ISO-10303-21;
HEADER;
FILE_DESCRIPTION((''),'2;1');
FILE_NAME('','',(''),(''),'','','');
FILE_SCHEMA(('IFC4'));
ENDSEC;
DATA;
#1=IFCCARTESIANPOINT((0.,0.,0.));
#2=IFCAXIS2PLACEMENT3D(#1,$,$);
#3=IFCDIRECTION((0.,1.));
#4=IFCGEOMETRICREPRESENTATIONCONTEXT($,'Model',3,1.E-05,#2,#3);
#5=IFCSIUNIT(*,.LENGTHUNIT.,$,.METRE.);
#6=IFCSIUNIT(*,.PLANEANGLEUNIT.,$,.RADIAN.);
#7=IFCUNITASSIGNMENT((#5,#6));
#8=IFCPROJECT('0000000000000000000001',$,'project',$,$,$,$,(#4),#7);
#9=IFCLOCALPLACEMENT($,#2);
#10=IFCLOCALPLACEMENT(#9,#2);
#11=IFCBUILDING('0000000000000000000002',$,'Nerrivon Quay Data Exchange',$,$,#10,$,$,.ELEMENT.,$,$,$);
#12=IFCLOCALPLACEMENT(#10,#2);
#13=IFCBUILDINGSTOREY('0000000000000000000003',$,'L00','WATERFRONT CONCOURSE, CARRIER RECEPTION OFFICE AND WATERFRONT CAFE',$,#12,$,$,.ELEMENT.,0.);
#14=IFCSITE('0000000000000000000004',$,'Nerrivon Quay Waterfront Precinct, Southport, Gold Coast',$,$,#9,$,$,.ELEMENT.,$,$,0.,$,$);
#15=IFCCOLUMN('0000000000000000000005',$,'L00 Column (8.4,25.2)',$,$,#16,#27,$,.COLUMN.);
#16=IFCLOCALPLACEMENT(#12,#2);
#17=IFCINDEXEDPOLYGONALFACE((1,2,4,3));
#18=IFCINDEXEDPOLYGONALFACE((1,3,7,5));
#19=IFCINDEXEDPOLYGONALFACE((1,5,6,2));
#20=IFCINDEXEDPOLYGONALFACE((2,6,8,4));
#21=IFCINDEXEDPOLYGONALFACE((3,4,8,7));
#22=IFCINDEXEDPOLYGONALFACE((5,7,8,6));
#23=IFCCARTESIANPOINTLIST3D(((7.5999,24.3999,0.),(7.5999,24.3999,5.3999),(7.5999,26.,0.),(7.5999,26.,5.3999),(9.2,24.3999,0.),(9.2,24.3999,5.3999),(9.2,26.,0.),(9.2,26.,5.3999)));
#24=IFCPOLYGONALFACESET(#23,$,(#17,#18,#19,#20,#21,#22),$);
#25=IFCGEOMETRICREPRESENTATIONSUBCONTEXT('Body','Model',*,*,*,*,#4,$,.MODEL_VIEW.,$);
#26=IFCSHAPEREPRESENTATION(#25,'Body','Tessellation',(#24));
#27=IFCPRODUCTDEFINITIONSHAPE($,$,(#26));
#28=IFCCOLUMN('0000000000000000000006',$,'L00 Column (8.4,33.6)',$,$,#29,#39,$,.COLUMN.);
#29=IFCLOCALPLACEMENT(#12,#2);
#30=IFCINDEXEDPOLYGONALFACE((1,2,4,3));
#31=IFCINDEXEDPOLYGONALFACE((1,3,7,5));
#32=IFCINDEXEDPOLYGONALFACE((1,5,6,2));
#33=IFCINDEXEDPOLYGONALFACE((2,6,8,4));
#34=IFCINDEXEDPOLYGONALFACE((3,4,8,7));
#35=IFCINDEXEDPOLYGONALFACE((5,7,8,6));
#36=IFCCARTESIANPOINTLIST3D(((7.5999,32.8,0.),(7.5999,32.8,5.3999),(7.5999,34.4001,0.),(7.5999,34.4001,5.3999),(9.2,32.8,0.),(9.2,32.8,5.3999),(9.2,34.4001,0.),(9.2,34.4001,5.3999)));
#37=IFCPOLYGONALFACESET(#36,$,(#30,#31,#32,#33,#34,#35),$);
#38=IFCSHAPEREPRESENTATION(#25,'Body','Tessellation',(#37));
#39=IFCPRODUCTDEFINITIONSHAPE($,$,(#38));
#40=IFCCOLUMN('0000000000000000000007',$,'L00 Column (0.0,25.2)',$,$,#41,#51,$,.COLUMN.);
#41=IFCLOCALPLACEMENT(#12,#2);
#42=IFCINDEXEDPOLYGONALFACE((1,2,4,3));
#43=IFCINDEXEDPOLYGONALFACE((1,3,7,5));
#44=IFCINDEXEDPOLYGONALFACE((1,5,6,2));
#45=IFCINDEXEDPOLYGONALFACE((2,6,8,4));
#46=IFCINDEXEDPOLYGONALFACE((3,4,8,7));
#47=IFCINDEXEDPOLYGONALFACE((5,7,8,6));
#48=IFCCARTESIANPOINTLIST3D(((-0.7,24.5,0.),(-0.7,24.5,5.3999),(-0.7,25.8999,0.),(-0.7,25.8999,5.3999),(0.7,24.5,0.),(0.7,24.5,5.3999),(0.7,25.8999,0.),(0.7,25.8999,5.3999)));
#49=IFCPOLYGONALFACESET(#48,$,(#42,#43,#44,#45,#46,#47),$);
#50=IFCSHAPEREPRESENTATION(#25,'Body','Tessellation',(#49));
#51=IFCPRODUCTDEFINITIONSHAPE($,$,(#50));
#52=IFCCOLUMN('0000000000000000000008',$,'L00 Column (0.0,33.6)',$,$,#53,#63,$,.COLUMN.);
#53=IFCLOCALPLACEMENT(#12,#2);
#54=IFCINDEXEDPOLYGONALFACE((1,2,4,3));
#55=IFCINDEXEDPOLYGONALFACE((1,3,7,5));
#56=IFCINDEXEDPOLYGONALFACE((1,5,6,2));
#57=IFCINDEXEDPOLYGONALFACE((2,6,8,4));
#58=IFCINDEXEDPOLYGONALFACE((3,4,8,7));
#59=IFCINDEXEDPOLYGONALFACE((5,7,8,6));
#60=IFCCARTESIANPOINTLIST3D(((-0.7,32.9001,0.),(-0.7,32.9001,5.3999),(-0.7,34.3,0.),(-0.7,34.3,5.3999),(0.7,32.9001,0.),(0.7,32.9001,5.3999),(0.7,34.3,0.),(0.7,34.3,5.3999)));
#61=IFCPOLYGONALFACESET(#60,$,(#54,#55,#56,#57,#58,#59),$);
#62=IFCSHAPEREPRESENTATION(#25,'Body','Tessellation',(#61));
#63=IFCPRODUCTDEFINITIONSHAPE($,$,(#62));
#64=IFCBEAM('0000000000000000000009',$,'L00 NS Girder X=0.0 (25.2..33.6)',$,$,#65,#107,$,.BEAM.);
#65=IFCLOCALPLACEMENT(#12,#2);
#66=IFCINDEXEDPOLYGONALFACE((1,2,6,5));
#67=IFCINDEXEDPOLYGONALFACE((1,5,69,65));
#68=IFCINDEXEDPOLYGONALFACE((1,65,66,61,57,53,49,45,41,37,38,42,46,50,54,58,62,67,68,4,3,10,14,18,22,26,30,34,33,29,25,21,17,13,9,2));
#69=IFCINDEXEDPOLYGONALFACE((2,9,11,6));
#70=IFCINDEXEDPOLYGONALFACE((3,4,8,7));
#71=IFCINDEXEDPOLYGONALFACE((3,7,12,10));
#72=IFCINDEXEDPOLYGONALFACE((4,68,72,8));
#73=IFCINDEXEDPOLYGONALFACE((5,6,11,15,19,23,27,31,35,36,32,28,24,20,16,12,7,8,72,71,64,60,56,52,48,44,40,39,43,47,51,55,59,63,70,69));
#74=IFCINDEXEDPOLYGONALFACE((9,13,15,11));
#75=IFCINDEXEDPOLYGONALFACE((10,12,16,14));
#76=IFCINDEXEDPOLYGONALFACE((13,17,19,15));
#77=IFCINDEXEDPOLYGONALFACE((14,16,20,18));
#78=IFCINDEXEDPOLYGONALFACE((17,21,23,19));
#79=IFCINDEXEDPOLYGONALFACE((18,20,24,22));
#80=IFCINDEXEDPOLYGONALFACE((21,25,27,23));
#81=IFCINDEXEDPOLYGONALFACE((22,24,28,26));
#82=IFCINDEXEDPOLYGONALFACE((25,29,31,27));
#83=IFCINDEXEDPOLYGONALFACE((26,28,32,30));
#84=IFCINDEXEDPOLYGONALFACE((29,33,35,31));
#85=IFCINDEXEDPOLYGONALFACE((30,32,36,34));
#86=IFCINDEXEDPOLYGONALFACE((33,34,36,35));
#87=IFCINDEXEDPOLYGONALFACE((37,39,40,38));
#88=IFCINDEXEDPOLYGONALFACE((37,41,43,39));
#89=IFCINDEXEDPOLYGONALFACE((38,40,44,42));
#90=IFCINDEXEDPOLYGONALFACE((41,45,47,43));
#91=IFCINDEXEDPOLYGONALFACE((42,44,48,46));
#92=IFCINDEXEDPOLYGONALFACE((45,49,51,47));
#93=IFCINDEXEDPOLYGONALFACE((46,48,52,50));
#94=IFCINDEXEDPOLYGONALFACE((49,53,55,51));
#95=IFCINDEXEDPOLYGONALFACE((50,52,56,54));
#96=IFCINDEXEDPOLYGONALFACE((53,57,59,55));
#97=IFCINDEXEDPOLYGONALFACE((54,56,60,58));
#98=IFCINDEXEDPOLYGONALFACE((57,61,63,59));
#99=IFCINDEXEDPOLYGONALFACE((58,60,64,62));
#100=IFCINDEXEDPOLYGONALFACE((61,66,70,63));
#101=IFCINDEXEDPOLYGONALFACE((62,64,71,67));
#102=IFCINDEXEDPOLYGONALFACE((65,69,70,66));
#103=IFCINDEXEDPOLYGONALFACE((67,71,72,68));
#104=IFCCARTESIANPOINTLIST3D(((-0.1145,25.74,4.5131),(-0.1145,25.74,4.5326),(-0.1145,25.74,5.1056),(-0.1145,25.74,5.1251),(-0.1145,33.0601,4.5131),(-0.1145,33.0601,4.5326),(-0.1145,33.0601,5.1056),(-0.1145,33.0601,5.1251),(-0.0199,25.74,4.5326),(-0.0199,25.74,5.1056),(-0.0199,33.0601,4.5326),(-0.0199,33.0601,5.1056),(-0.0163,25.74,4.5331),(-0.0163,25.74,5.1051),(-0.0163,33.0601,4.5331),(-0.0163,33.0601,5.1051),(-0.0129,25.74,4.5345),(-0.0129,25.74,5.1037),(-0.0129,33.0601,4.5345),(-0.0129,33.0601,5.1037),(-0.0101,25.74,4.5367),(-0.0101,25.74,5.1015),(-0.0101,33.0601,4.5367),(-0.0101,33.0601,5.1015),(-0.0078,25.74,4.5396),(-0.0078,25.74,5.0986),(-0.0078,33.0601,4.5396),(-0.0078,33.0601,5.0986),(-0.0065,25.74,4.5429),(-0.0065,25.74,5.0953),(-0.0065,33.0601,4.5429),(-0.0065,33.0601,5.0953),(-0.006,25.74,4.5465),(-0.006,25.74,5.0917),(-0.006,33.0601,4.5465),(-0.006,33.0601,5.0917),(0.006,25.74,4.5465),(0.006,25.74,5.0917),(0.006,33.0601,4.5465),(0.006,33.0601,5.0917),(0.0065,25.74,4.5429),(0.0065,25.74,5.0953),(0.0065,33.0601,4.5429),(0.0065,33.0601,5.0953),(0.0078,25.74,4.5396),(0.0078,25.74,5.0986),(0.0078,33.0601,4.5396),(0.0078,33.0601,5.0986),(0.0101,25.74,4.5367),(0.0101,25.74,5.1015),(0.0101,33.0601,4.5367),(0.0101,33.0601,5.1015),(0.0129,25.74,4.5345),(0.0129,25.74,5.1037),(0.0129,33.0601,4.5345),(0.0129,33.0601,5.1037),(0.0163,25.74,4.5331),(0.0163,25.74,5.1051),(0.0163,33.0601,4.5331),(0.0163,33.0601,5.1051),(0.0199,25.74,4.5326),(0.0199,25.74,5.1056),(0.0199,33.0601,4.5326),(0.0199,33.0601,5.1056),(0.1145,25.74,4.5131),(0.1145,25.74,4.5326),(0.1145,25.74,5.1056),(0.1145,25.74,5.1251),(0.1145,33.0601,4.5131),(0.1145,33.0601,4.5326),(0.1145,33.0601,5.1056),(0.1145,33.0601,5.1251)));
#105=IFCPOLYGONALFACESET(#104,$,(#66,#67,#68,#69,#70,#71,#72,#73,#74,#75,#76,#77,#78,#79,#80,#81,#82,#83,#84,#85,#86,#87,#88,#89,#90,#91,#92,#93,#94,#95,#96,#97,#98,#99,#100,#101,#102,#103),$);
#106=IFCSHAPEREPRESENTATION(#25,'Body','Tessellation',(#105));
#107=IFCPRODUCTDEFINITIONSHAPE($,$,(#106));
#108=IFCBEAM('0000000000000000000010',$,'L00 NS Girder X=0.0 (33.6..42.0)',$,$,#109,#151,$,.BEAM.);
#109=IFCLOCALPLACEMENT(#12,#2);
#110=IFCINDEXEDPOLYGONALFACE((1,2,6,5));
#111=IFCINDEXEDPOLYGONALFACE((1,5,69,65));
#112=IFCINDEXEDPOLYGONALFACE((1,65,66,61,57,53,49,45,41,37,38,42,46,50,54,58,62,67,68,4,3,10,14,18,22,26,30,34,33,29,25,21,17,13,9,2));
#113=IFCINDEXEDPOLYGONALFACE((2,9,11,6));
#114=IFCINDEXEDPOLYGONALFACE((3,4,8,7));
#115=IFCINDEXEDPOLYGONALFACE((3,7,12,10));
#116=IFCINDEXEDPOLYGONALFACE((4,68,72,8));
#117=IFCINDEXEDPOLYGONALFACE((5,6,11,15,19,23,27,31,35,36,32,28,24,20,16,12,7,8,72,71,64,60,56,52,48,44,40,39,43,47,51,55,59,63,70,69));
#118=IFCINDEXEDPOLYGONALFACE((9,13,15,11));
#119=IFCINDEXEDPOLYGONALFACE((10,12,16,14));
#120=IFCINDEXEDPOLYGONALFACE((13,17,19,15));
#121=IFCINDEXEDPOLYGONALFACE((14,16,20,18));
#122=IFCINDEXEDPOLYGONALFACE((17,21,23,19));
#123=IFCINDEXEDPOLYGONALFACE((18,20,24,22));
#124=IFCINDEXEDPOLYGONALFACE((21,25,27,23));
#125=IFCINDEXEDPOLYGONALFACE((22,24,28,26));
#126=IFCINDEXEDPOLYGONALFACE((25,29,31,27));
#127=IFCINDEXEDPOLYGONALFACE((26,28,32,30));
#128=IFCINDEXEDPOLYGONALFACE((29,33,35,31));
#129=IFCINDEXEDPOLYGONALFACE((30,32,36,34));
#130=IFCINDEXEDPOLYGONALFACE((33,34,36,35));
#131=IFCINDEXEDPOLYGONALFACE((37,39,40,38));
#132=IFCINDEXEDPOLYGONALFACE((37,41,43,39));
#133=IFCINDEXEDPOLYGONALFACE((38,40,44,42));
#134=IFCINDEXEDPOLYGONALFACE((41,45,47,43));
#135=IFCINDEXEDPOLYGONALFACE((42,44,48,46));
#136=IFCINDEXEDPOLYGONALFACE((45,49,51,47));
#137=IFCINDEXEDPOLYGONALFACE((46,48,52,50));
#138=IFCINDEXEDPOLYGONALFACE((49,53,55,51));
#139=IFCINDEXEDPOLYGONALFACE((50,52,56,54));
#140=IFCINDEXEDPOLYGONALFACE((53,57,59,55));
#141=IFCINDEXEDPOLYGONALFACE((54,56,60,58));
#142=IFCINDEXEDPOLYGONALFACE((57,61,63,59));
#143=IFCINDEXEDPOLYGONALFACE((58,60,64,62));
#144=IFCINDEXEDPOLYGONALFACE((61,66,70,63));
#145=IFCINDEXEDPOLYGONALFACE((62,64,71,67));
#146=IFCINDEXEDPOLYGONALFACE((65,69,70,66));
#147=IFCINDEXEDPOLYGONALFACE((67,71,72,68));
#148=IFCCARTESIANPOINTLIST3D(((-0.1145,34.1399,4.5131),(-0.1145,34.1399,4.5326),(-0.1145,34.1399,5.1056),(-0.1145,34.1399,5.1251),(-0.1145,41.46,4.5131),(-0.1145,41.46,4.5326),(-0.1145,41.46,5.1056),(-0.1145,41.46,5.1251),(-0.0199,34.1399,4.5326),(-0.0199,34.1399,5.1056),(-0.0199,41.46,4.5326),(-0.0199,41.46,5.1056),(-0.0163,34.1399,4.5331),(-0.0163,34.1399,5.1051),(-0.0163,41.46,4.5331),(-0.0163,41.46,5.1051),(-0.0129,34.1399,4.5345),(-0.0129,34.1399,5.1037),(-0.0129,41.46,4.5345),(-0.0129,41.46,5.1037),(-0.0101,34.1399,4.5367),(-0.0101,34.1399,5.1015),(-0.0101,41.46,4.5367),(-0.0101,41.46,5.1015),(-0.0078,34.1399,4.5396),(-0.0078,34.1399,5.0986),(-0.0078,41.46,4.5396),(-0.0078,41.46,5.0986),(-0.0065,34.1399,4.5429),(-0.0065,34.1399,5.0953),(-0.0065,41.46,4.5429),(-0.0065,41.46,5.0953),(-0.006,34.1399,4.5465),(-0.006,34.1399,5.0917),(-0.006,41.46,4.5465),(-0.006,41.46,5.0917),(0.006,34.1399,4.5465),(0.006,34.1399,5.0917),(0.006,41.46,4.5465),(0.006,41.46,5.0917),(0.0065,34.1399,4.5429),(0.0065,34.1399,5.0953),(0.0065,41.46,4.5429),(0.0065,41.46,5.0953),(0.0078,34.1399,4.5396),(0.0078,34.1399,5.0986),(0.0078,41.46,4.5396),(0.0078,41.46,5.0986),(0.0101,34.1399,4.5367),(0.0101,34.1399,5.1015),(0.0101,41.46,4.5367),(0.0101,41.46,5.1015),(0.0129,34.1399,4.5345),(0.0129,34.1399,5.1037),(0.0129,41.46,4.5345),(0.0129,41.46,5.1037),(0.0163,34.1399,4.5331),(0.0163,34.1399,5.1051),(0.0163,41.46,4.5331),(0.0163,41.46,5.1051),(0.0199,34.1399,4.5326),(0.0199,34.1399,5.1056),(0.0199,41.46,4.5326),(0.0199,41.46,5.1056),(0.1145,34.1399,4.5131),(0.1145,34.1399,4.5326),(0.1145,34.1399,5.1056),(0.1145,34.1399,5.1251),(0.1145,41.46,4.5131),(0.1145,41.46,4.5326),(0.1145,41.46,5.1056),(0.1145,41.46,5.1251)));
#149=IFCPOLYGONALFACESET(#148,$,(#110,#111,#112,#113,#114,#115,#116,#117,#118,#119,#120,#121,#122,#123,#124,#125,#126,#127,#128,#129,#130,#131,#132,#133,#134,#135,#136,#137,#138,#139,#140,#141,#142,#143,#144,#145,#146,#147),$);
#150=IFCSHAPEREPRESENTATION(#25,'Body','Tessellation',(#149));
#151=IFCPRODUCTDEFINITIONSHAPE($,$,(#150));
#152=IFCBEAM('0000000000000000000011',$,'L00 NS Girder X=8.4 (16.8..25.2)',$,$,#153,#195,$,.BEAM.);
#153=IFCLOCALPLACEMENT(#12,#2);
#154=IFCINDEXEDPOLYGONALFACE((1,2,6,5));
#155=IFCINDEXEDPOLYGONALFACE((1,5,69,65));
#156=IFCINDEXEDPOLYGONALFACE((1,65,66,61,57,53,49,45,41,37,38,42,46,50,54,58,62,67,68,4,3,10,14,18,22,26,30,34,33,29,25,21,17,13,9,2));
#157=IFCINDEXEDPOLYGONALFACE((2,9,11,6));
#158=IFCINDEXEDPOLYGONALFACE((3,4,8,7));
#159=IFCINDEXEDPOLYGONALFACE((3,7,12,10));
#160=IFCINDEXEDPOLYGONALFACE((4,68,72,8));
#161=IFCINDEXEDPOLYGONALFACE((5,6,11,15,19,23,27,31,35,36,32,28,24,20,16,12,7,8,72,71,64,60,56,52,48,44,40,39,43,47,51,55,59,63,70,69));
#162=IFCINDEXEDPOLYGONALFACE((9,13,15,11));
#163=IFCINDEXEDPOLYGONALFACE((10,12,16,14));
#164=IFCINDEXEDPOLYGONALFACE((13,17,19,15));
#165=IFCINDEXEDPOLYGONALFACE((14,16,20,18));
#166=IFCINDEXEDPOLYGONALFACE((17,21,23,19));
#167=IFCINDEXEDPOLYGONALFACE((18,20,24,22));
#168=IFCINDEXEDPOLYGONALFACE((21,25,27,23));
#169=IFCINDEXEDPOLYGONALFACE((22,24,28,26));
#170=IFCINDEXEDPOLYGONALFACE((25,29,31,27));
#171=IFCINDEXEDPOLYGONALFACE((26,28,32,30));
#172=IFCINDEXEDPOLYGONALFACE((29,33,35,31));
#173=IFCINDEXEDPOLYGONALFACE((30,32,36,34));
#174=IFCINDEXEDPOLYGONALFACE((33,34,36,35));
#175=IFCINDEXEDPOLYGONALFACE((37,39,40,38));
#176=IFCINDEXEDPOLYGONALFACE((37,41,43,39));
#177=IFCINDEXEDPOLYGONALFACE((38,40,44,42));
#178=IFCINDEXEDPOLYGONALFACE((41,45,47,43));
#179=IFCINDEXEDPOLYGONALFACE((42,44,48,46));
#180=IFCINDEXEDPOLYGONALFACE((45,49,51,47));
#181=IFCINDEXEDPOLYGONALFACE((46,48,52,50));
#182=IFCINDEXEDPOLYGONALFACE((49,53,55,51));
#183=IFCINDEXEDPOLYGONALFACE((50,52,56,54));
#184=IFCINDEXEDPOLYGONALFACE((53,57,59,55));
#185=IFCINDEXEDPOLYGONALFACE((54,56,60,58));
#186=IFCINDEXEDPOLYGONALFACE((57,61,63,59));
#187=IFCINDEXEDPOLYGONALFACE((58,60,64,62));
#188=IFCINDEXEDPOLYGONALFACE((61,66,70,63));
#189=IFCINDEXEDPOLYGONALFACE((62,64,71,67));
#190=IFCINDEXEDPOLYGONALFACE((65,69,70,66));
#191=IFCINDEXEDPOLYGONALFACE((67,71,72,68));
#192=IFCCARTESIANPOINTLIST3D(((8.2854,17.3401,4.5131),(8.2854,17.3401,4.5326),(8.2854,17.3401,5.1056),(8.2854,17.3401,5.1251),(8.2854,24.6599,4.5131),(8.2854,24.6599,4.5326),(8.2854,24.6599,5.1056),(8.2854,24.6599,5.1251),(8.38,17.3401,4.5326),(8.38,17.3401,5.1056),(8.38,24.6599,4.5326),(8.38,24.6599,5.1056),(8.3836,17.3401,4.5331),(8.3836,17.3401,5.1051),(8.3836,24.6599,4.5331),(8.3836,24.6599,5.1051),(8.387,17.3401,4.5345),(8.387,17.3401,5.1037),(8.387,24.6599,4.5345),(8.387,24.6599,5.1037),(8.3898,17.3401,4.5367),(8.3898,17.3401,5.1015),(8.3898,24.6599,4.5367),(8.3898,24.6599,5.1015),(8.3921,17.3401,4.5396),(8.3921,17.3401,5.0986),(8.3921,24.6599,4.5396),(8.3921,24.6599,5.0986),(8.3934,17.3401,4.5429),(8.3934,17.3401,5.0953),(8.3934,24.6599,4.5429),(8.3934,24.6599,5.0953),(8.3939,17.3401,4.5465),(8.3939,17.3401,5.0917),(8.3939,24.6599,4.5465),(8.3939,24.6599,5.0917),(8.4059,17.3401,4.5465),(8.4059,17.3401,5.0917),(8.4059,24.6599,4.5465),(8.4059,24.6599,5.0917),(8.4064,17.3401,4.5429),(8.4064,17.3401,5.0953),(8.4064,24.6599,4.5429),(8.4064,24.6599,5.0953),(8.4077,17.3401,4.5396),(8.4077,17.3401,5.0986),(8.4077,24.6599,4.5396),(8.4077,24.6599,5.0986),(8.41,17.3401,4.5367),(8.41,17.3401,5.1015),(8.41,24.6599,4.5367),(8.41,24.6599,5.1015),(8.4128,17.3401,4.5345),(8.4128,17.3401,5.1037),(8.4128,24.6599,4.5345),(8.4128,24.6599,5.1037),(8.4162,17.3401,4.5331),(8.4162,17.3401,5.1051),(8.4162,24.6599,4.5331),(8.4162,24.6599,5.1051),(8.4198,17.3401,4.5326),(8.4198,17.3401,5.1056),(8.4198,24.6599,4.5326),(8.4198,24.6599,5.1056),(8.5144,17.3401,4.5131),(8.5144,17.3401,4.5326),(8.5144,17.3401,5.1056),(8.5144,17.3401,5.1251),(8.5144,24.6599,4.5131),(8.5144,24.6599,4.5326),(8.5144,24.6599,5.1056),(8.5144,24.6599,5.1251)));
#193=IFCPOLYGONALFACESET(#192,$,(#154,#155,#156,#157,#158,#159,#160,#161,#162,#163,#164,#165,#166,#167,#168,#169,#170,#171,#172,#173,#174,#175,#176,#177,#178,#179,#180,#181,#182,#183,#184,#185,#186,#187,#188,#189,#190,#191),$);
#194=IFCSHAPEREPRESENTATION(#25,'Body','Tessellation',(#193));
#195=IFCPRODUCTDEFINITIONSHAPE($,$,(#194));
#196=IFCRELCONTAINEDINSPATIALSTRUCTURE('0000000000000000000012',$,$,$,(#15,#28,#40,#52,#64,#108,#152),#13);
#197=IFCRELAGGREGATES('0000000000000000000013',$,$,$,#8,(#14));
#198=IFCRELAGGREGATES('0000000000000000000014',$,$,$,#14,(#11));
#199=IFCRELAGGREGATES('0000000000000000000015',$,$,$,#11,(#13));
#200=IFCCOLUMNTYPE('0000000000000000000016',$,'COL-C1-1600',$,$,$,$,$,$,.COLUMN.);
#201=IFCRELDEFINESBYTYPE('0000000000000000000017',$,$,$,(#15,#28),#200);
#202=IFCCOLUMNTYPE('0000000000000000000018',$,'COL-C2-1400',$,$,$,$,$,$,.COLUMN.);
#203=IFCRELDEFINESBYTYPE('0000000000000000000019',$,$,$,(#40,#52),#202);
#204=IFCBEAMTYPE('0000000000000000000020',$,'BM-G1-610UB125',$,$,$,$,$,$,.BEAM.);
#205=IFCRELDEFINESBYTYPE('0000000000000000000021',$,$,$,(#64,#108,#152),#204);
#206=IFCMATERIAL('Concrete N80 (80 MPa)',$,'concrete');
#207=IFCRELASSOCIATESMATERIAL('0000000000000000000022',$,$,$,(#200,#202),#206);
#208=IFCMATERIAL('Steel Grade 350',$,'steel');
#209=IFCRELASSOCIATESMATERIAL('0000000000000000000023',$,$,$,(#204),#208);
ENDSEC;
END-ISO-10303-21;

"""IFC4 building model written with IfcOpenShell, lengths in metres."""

from ifc_helpers import new_model, si_unit, direction, frame, origin, origin_2d, place, context, subcontext, project, spatial, rectangle, i_section, extrude, material, material_profile, profile_set, type_object, element, save


model = new_model("IFC4")

# Units and contexts
model_context = context("Model", 3, precision=1e-05, world=origin(), true_north=direction((0.0, 1.0)))
body_context = subcontext(model_context, "Body", "Model", "MODEL_VIEW")
ifc_project = project(units=[si_unit("LENGTHUNIT", "METRE"), si_unit("PLANEANGLEUNIT", "RADIAN")], contexts=[model_context])

# Site, building, storey
site_placement = place(None, origin())
site = spatial("IfcSite", under=ifc_project, at=site_placement, Name="Nerrivon Quay Waterfront Precinct, Southport, Gold Coast", CompositionType="ELEMENT", RefElevation=0.0)
building_placement = place(site_placement, origin())
building = spatial("IfcBuilding", under=site, at=building_placement, Name="Nerrivon Quay Data Exchange", CompositionType="ELEMENT")
storey_placement = place(building_placement, origin())
storey = spatial("IfcBuildingStorey", under=building, at=storey_placement, Name="L00", Description="WATERFRONT CONCOURSE, CARRIER RECEPTION OFFICE AND WATERFRONT CAFE", CompositionType="ELEMENT", Elevation=0.0)

# Columns
ifc_material_1 = material(Name="Concrete N80 (80 MPa)", Category="concrete")
ifc_material_profile_1 = material_profile(ifc_material_1, rectangle(XDim=1.6001, YDim=1.6001, at=origin_2d()), Name="RC-COL-1600x1600")
ifc_profile_set_1 = profile_set([ifc_material_profile_1], Name="Concrete N80 (80 MPa)")
column_type_1 = type_object("IfcColumnType", Name="COL-C1-1600", PredefinedType="COLUMN", material=ifc_profile_set_1)
for number, where, z_axis, x_axis, name in (
    (1, (8.3999, 25.2, 0.0), (0.0, 0.0, 1.0), (1.0, 0.0, 0.0), "L00 Column (8.4,25.2)"),
    (2, (8.3999, 33.6001, 0.0), (0.0, 0.0, 1.0), (1.0, 0.0, 0.0), "L00 Column (8.4,33.6)"),
):
    element("IfcColumn", number, at=place(storey_placement, frame(where, z_axis=z_axis, x_axis=x_axis)), inside=storey, type_object=column_type_1, Name=name, PredefinedType="COLUMN", context=body_context, shape_type="SweptSolid", body=[
        extrude(rectangle(XDim=1.6001, YDim=1.6001, at=origin_2d()), origin(), (0.0, 0.0, 1.0), 5.3999),
    ])
ifc_material_profile_2 = material_profile(ifc_material_1, rectangle(XDim=1.3999, YDim=1.3999, at=origin_2d()), Name="RC-COL-1400x1400")
ifc_profile_set_2 = profile_set([ifc_material_profile_2], Name="Concrete N80 (80 MPa)")
column_type_2 = type_object("IfcColumnType", Name="COL-C2-1400", PredefinedType="COLUMN", material=ifc_profile_set_2)
for number, where, z_axis, x_axis, name in (
    (3, (0.0, 25.2, 0.0), (0.0, 0.0, 1.0), (1.0, 0.0, 0.0), "L00 Column (0.0,25.2)"),
    (4, (0.0, 33.6001, 0.0), (0.0, 0.0, 1.0), (1.0, 0.0, 0.0), "L00 Column (0.0,33.6)"),
):
    element("IfcColumn", number, at=place(storey_placement, frame(where, z_axis=z_axis, x_axis=x_axis)), inside=storey, type_object=column_type_2, Name=name, PredefinedType="COLUMN", context=body_context, shape_type="SweptSolid", body=[
        extrude(rectangle(XDim=1.3999, YDim=1.3999, at=origin_2d()), origin(), (0.0, 0.0, 1.0), 5.3999),
    ])

# Beams
ifc_material_2 = material(Name="Steel Grade 350", Category="steel")
ifc_material_profile_3 = material_profile(ifc_material_2, i_section(OverallWidth=0.229, OverallDepth=0.6121, WebThickness=0.012, FlangeThickness=0.0195, FilletRadius=0.0139, at=origin_2d()), Name="610UB125")
ifc_profile_set_3 = profile_set([ifc_material_profile_3], Name="Steel Grade 350")
beam_type_1 = type_object("IfcBeamType", Name="BM-G1-610UB125", PredefinedType="BEAM", material=ifc_profile_set_3)
for number, where, z_axis, x_axis, name in (
    (5, (0.0, 25.74, 4.8191), (0.0, 1.0, 0.0), (-1.0, 0.0, 0.0), "L00 NS Girder X=0.0 (25.2..33.6)"),
    (6, (0.0, 34.1399, 4.8191), (0.0, 1.0, 0.0), (-1.0, 0.0, 0.0), "L00 NS Girder X=0.0 (33.6..42.0)"),
):
    element("IfcBeam", number, at=place(storey_placement, frame(where, z_axis=z_axis, x_axis=x_axis)), inside=storey, type_object=beam_type_1, Name=name, PredefinedType="BEAM", context=body_context, shape_type="SweptSolid", body=[
        extrude(i_section(OverallWidth=0.229, OverallDepth=0.6121, WebThickness=0.012, FlangeThickness=0.0195, FilletRadius=0.0139, at=origin_2d()), origin(), (0.0, 0.0, 1.0), 7.3201),
    ])
beam_1_placement = place(storey_placement, frame((8.3999, 17.3401, 4.8191), z_axis=(0.0, 1.0, 0.0), x_axis=(-1.0, 0.0, 0.0)))
element("IfcBeam", 7, at=beam_1_placement, inside=storey, type_object=beam_type_1, Name="L00 NS Girder X=8.4 (16.8..25.2)", PredefinedType="BEAM", context=body_context, shape_type="SweptSolid", body=[
    extrude(i_section(OverallWidth=0.229, OverallDepth=0.6121, WebThickness=0.012, FlangeThickness=0.0195, FilletRadius=0.0139, at=origin_2d()), origin(), (0.0, 0.0, 1.0), 7.3198),
])

save(model, "model.ifc")
